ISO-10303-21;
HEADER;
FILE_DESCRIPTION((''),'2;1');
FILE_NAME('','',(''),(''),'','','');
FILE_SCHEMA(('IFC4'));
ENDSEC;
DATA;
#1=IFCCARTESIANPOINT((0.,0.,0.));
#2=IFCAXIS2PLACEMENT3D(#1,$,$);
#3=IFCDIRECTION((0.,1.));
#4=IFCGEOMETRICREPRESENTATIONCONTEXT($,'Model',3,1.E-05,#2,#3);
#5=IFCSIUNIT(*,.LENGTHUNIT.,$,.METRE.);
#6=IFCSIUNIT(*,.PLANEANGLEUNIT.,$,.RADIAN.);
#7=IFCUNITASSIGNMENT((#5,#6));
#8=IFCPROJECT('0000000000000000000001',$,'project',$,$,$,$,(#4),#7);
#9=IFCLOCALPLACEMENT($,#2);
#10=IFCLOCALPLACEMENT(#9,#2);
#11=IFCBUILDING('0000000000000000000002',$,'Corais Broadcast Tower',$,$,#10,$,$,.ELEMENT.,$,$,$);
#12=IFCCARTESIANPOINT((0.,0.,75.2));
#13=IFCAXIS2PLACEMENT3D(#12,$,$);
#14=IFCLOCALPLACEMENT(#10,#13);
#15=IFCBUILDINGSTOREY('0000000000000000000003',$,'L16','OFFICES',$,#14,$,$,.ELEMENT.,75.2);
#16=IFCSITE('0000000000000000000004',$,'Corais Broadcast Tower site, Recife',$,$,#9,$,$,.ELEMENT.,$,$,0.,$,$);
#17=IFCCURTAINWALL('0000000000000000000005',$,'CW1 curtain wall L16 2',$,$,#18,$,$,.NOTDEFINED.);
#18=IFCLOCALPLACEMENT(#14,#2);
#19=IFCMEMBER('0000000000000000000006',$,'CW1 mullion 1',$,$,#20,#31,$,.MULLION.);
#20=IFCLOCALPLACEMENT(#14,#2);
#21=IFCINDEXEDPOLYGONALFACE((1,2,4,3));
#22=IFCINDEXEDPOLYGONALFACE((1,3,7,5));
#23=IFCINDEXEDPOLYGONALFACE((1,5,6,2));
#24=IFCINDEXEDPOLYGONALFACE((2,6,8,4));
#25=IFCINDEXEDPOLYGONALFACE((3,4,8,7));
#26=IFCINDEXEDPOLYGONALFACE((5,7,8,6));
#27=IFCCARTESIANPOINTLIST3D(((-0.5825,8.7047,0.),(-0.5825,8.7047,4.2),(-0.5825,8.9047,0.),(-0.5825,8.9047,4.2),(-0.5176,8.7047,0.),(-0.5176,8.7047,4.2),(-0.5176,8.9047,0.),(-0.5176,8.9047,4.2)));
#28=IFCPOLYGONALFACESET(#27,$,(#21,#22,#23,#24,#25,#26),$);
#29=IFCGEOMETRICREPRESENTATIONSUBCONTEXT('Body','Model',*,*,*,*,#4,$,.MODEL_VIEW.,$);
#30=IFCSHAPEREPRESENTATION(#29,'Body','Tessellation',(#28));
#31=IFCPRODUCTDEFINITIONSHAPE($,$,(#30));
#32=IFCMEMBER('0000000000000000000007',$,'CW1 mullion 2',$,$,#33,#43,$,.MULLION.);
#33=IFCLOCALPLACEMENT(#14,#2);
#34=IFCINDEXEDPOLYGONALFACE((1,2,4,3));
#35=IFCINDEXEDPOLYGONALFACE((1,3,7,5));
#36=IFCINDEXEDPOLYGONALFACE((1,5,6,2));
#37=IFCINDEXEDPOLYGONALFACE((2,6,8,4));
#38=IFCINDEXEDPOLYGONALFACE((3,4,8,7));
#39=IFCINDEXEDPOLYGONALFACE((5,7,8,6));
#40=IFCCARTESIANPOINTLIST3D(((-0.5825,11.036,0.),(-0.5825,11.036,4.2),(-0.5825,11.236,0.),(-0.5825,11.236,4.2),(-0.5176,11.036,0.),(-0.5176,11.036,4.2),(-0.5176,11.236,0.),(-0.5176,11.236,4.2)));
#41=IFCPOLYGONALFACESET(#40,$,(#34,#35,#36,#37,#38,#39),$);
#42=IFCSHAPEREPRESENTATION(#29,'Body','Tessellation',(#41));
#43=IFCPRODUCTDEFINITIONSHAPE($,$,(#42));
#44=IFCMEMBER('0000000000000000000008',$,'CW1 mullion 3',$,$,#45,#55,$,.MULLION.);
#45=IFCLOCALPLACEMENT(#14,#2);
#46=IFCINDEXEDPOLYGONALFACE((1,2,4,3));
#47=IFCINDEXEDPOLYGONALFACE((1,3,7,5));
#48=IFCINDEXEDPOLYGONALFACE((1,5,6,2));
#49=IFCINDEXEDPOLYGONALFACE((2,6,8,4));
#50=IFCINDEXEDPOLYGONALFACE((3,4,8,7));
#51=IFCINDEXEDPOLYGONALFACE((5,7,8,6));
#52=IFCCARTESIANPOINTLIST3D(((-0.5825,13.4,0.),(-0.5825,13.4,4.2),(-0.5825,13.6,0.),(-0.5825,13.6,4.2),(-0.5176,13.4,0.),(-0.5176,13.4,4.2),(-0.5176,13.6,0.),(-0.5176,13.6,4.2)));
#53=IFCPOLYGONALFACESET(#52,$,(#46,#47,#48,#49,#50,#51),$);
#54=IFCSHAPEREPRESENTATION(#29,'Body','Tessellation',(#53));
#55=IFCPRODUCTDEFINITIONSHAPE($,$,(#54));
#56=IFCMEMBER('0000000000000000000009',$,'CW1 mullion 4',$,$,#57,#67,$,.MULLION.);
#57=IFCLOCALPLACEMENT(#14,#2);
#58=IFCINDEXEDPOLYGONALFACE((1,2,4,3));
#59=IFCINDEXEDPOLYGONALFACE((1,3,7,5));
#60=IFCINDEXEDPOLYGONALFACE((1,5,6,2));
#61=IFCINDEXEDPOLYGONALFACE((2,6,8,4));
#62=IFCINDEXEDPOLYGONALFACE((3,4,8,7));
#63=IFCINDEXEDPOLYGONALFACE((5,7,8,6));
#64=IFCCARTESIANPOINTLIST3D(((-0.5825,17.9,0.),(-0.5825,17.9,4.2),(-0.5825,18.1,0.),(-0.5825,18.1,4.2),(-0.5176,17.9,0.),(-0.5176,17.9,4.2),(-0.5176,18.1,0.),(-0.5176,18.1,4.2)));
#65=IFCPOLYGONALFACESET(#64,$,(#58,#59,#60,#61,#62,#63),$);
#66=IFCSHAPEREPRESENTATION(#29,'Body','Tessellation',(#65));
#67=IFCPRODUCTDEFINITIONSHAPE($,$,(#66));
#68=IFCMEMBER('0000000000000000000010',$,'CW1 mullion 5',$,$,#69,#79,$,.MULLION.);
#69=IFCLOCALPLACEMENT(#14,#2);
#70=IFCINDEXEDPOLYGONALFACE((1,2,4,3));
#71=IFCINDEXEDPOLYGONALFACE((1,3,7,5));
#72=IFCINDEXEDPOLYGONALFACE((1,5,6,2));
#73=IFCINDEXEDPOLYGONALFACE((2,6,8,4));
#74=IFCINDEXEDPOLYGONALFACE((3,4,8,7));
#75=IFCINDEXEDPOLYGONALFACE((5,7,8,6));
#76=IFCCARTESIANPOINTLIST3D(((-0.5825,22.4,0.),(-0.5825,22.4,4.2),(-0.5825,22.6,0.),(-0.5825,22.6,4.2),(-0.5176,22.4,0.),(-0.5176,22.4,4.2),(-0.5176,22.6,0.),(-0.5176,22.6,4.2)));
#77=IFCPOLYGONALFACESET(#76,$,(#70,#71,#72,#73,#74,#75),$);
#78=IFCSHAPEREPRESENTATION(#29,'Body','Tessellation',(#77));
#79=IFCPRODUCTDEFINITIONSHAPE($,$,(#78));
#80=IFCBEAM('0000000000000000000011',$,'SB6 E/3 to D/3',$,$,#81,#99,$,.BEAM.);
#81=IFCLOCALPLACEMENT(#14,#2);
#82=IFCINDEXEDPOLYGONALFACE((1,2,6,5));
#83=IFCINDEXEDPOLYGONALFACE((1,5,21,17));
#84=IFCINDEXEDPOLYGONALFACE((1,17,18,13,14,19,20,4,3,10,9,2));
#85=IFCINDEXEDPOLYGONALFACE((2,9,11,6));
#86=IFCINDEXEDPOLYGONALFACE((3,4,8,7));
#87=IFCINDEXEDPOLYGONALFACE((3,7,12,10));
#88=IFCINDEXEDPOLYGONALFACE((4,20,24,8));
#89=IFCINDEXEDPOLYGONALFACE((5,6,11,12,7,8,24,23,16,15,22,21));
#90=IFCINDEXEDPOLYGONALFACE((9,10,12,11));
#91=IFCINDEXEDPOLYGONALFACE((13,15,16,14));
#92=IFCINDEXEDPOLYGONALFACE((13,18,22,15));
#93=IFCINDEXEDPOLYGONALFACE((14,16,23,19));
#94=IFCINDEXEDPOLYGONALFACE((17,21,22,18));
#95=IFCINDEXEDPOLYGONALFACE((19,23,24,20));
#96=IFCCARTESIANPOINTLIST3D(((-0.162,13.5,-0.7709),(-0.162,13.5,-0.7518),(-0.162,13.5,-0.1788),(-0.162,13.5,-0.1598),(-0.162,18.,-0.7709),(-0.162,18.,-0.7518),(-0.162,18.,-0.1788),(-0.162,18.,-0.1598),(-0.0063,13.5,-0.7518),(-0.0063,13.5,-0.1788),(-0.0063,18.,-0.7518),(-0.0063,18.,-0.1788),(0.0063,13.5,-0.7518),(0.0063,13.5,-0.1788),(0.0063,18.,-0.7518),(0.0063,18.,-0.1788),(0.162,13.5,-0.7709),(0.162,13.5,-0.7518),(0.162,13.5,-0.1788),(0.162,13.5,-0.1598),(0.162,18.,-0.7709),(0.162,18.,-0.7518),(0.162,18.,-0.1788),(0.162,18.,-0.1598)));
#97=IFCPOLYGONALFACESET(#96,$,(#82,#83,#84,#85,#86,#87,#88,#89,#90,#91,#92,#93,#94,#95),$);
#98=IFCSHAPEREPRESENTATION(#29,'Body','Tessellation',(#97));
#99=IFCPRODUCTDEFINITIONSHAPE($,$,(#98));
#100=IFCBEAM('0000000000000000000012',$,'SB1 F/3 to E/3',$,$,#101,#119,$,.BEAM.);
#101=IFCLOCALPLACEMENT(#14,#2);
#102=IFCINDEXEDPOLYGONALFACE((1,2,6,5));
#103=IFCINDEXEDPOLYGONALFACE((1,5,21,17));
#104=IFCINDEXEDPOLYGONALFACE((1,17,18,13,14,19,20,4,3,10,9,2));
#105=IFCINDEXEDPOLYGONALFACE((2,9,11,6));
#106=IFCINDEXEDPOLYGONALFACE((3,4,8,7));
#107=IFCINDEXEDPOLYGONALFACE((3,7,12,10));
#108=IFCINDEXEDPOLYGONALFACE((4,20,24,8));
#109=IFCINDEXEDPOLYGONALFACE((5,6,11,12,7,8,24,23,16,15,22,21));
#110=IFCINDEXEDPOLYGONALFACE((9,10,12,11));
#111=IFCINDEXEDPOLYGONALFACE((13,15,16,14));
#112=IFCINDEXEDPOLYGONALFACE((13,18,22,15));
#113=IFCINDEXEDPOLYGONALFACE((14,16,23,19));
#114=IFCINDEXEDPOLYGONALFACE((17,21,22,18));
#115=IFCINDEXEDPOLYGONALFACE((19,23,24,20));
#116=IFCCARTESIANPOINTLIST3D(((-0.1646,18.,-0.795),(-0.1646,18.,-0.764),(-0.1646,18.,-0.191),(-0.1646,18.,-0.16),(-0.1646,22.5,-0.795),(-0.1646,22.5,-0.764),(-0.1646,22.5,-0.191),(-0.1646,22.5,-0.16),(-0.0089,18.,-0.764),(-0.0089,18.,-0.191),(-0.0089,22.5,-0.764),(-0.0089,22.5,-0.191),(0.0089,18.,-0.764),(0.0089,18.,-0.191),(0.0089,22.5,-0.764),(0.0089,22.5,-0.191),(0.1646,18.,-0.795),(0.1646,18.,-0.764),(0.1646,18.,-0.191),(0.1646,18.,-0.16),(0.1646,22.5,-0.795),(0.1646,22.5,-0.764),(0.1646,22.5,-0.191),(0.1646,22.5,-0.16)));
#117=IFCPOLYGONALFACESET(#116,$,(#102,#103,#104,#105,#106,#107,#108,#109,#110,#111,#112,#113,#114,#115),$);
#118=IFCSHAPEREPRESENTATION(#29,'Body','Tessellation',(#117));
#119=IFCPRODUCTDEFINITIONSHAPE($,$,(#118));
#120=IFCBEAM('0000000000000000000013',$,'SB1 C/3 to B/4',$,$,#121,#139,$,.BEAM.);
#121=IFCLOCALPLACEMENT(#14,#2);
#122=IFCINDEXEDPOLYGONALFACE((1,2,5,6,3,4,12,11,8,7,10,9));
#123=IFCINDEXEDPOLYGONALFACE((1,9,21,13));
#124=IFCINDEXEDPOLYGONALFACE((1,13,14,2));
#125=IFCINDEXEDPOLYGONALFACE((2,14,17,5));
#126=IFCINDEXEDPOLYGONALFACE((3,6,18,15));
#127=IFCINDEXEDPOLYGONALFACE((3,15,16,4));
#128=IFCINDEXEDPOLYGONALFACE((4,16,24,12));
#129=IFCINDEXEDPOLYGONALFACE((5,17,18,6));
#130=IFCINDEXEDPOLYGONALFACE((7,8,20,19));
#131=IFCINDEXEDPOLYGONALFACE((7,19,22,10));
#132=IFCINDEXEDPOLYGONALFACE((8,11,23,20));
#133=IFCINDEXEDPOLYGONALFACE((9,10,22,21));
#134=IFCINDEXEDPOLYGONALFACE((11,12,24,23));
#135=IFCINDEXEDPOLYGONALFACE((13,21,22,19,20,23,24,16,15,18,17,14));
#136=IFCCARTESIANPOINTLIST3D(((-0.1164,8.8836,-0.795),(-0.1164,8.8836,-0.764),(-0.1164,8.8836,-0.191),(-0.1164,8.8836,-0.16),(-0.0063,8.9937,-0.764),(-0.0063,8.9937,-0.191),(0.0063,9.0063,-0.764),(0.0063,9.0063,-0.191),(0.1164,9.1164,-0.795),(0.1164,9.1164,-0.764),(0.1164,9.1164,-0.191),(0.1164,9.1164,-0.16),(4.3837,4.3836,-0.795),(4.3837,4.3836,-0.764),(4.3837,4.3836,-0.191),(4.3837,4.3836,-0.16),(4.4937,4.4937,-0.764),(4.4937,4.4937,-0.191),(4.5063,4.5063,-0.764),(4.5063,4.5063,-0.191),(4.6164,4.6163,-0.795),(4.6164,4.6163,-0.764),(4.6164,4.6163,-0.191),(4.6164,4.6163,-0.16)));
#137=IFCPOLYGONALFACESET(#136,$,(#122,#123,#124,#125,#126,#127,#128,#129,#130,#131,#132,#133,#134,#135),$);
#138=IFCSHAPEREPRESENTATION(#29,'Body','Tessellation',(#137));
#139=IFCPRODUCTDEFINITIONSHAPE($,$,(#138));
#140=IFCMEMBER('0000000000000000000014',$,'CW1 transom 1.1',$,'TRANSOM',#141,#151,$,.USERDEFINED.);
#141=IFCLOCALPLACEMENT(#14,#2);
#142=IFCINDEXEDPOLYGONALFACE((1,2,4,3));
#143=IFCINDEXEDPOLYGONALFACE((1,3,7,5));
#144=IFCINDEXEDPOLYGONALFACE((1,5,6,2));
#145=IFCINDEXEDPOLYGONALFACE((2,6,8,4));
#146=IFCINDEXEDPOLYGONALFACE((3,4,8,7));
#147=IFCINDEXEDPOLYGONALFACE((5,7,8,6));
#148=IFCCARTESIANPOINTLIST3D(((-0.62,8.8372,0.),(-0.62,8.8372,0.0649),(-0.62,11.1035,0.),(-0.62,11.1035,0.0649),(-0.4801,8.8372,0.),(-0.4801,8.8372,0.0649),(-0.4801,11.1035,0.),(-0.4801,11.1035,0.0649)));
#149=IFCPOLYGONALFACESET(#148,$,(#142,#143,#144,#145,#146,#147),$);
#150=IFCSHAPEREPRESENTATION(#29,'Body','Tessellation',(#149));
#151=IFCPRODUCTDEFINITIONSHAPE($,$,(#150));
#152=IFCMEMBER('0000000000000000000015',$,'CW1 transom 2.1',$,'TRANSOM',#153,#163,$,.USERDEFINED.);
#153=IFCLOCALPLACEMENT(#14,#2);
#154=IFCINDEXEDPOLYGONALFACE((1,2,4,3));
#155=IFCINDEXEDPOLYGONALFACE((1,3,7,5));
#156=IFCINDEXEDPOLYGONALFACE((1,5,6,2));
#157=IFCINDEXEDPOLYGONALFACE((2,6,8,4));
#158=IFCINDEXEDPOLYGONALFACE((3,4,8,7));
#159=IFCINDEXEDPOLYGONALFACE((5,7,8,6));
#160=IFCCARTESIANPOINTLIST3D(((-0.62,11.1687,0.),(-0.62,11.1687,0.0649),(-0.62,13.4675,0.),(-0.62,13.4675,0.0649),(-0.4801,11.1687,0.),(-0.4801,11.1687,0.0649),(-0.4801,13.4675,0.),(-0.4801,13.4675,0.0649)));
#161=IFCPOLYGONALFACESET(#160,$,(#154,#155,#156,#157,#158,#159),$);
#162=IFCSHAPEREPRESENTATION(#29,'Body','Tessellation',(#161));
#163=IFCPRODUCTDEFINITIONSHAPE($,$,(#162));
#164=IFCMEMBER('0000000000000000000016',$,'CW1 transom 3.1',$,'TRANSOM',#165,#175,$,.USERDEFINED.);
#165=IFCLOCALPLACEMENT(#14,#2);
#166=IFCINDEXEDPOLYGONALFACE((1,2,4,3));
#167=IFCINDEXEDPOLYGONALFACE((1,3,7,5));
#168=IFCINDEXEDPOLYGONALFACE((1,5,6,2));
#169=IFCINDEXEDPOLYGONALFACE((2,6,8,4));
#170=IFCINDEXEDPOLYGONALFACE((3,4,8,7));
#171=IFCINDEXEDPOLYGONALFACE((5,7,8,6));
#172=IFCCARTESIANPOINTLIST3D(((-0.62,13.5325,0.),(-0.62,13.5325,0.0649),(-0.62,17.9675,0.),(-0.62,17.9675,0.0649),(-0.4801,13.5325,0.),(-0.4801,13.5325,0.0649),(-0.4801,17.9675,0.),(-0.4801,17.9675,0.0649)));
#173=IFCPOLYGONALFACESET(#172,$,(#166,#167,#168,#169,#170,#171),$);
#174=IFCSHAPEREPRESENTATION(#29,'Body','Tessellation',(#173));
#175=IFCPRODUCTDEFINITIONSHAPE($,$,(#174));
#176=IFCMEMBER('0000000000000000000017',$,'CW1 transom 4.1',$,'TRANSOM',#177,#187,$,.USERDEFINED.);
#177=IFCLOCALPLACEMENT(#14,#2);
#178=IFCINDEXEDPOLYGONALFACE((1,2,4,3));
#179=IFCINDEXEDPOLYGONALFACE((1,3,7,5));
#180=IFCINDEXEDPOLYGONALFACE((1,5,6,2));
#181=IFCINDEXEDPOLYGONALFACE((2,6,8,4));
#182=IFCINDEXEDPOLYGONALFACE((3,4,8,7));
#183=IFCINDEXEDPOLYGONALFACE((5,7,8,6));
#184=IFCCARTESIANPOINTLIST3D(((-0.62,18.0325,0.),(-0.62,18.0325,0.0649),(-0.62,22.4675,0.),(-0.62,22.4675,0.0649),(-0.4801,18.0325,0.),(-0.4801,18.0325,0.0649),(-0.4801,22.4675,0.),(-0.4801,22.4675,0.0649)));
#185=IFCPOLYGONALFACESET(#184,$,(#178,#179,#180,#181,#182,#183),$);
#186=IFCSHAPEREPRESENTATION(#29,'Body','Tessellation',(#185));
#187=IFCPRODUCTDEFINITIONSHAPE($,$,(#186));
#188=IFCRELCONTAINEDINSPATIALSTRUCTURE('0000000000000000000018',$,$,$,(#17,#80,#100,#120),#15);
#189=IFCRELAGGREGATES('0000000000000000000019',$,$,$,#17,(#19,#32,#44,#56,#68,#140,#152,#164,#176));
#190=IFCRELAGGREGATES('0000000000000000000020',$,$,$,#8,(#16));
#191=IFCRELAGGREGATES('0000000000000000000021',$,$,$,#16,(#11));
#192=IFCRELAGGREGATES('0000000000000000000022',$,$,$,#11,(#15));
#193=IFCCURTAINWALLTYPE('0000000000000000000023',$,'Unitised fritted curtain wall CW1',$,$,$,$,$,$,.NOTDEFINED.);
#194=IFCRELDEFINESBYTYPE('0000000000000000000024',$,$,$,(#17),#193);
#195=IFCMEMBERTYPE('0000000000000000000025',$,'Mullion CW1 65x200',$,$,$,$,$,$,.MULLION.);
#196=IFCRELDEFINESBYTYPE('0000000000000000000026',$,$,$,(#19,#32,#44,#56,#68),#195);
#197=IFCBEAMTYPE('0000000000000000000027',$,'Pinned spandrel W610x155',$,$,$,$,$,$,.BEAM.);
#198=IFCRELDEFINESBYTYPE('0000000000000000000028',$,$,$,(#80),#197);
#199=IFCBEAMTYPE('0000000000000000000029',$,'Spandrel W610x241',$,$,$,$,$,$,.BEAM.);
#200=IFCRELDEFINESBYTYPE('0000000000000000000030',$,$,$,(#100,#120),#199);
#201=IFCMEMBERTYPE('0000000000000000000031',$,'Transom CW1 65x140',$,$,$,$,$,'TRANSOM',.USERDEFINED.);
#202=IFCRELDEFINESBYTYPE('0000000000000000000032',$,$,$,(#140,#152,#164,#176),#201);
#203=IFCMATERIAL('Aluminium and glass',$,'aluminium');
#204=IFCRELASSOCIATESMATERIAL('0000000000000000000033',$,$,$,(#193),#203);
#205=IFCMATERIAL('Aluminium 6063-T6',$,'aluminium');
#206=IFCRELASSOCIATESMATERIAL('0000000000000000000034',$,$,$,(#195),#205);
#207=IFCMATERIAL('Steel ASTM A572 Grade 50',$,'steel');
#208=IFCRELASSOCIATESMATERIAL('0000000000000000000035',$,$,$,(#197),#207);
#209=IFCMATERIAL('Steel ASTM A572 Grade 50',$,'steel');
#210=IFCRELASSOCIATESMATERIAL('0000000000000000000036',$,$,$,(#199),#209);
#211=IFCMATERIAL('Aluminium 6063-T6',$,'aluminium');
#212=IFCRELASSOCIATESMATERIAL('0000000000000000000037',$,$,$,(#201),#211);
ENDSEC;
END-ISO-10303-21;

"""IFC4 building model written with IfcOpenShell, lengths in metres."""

from ifc_helpers import new_model, si_unit, direction, frame, origin, origin_2d, place, context, subcontext, project, spatial, rectangle, i_section, extrude, material, material_profile, profile_set, type_object, element, aggregate, save


model = new_model("IFC4")

# Units and contexts
model_context = context("Model", 3, precision=1e-05, world=origin(), true_north=direction((0.0, 1.0)))
body_context = subcontext(model_context, "Body", "Model", "MODEL_VIEW")
ifc_project = project(units=[si_unit("LENGTHUNIT", "METRE"), si_unit("PLANEANGLEUNIT", "RADIAN")], contexts=[model_context])

# Site, building, storey
site_placement = place(None, origin())
site = spatial("IfcSite", under=ifc_project, at=site_placement, Name="Corais Broadcast Tower site, Recife", CompositionType="ELEMENT", RefElevation=0.0)
building_placement = place(site_placement, origin())
building = spatial("IfcBuilding", under=site, at=building_placement, Name="Corais Broadcast Tower", CompositionType="ELEMENT")
storey_placement = place(building_placement, frame((0.0, 0.0, 75.2)))
storey = spatial("IfcBuildingStorey", under=building, at=storey_placement, Name="L16", Description="OFFICES", CompositionType="ELEMENT", Elevation=75.2)

# Curtain wall, members
ifc_material_1 = material(Name="Aluminium and glass", Category="aluminium")
curtain_wall_type = type_object("IfcCurtainWallType", Name="Unitised fritted curtain wall CW1", PredefinedType="NOTDEFINED", material=ifc_material_1)
curtain_wall_placement = place(storey_placement, origin())
curtain_wall = element("IfcCurtainWall", 1, at=curtain_wall_placement, inside=storey, type_object=curtain_wall_type, Name="CW1 curtain wall L16 2", PredefinedType="NOTDEFINED")
ifc_material_2 = material(Name="Aluminium 6063-T6", Category="aluminium")
ifc_material_profile_1 = material_profile(ifc_material_2, rectangle(XDim=0.0649, YDim=0.2, at=origin_2d()), Name="Mullion CW1 65x200")
ifc_profile_set_1 = profile_set([ifc_material_profile_1], Name="Aluminium 6063-T6")
member_type_1 = type_object("IfcMemberType", Name="Mullion CW1 65x200", PredefinedType="MULLION", material=ifc_profile_set_1)
member_1_placement = place(storey_placement, frame((-0.55, 8.8047, 0.0), z_axis=(0.0, 0.0, 1.0), x_axis=(-1.0, 0.0, 0.0)))
member_1 = element("IfcMember", 2, at=member_1_placement, type_object=member_type_1, Name="CW1 mullion 1", PredefinedType="MULLION", context=body_context, shape_type="SweptSolid", body=[
    extrude(rectangle(XDim=0.0649, YDim=0.2, at=origin_2d()), origin(), (0.0, 0.0, 1.0), 4.2),
])
member_2_placement = place(storey_placement, frame((-0.55, 11.136, 0.0), z_axis=(0.0, 0.0, 1.0), x_axis=(-1.0, 0.0, 0.0)))
member_2 = element("IfcMember", 3, at=member_2_placement, type_object=member_type_1, Name="CW1 mullion 2", PredefinedType="MULLION", context=body_context, shape_type="SweptSolid", body=[
    extrude(rectangle(XDim=0.0649, YDim=0.2, at=origin_2d()), origin(), (0.0, 0.0, 1.0), 4.2),
])
member_3_placement = place(storey_placement, frame((-0.55, 13.5, 0.0), z_axis=(0.0, 0.0, 1.0), x_axis=(-1.0, 0.0, 0.0)))
member_3 = element("IfcMember", 4, at=member_3_placement, type_object=member_type_1, Name="CW1 mullion 3", PredefinedType="MULLION", context=body_context, shape_type="SweptSolid", body=[
    extrude(rectangle(XDim=0.0649, YDim=0.2, at=origin_2d()), origin(), (0.0, 0.0, 1.0), 4.2),
])
member_4_placement = place(storey_placement, frame((-0.55, 18.0, 0.0), z_axis=(0.0, 0.0, 1.0), x_axis=(-1.0, 0.0, 0.0)))
member_4 = element("IfcMember", 5, at=member_4_placement, type_object=member_type_1, Name="CW1 mullion 4", PredefinedType="MULLION", context=body_context, shape_type="SweptSolid", body=[
    extrude(rectangle(XDim=0.0649, YDim=0.2, at=origin_2d()), origin(), (0.0, 0.0, 1.0), 4.2),
])
member_5_placement = place(storey_placement, frame((-0.55, 22.5, 0.0), z_axis=(0.0, 0.0, 1.0), x_axis=(-1.0, 0.0, 0.0)))
member_5 = element("IfcMember", 6, at=member_5_placement, type_object=member_type_1, Name="CW1 mullion 5", PredefinedType="MULLION", context=body_context, shape_type="SweptSolid", body=[
    extrude(rectangle(XDim=0.0649, YDim=0.2, at=origin_2d()), origin(), (0.0, 0.0, 1.0), 4.2),
])

# Beams
ifc_material_3 = material(Name="Steel ASTM A572 Grade 50", Category="steel")
ifc_material_profile_2 = material_profile(ifc_material_3, i_section(OverallWidth=0.324, OverallDepth=0.6111, WebThickness=0.0127, FlangeThickness=0.019, at=origin_2d()), Name="W610x155")
ifc_profile_set_2 = profile_set([ifc_material_profile_2], Name="Steel ASTM A572 Grade 50")
beam_type_1 = type_object("IfcBeamType", Name="Pinned spandrel W610x155", PredefinedType="BEAM", material=ifc_profile_set_2)
beam_1_placement = place(storey_placement, frame((0.0, 18.0, -0.4653), z_axis=(0.0, -1.0, 0.0), x_axis=(1.0, 0.0, 0.0)))
element("IfcBeam", 7, at=beam_1_placement, inside=storey, type_object=beam_type_1, Name="SB6 E/3 to D/3", PredefinedType="BEAM", context=body_context, shape_type="SweptSolid", body=[
    extrude(i_section(OverallWidth=0.324, OverallDepth=0.6111, WebThickness=0.0127, FlangeThickness=0.019, at=origin_2d()), origin(), (0.0, 0.0, 1.0), 4.5),
])
ifc_material_4 = material(Name="Steel ASTM A572 Grade 50", Category="steel")
ifc_material_profile_3 = material_profile(ifc_material_4, i_section(OverallWidth=0.3291, OverallDepth=0.635, WebThickness=0.0178, FlangeThickness=0.031, at=origin_2d()), Name="W610x241")
ifc_profile_set_3 = profile_set([ifc_material_profile_3], Name="Steel ASTM A572 Grade 50")
beam_type_2 = type_object("IfcBeamType", Name="Spandrel W610x241", PredefinedType="BEAM", material=ifc_profile_set_3)
beam_2_placement = place(storey_placement, frame((0.0, 22.5, -0.4775), z_axis=(0.0, -1.0, 0.0), x_axis=(1.0, 0.0, 0.0)))
element("IfcBeam", 8, at=beam_2_placement, inside=storey, type_object=beam_type_2, Name="SB1 F/3 to E/3", PredefinedType="BEAM", context=body_context, shape_type="SweptSolid", body=[
    extrude(i_section(OverallWidth=0.3291, OverallDepth=0.635, WebThickness=0.0178, FlangeThickness=0.031, at=origin_2d()), origin(), (0.0, 0.0, 1.0), 4.5),
])
beam_3_placement = place(storey_placement, frame((0.0, 9.0, -0.4775), z_axis=(0.707107, -0.707107, 0.0), x_axis=(0.707107, 0.707107, 0.0)))
element("IfcBeam", 9, at=beam_3_placement, inside=storey, type_object=beam_type_2, Name="SB1 C/3 to B/4", PredefinedType="BEAM", context=body_context, shape_type="SweptSolid", body=[
    extrude(i_section(OverallWidth=0.3291, OverallDepth=0.635, WebThickness=0.0178, FlangeThickness=0.031, at=origin_2d()), origin(), (0.0, 0.0, 1.0), 6.364),
])

# Members
ifc_material_5 = material(Name="Aluminium 6063-T6", Category="aluminium")
ifc_material_profile_4 = material_profile(ifc_material_5, rectangle(XDim=0.1399, YDim=0.0649, at=origin_2d()), Name="Transom CW1 65x140")
ifc_profile_set_4 = profile_set([ifc_material_profile_4], Name="Aluminium 6063-T6")
member_type_2 = type_object("IfcMemberType", Name="Transom CW1 65x140", ElementType="TRANSOM", PredefinedType="USERDEFINED", material=ifc_profile_set_4)
member_6_placement = place(storey_placement, frame((-0.55, 8.8372, 0.0325), z_axis=(0.0, 1.0, 0.0), x_axis=(-1.0, 0.0, 0.0)))
member_6 = element("IfcMember", 10, at=member_6_placement, type_object=member_type_2, Name="CW1 transom 1.1", ObjectType="TRANSOM", PredefinedType="USERDEFINED", context=body_context, shape_type="SweptSolid", body=[
    extrude(rectangle(XDim=0.1399, YDim=0.0649, at=origin_2d()), origin(), (0.0, 0.0, 1.0), 2.2664),
])
member_7_placement = place(storey_placement, frame((-0.55, 11.1687, 0.0325), z_axis=(0.0, 1.0, 0.0), x_axis=(-1.0, 0.0, 0.0)))
member_7 = element("IfcMember", 11, at=member_7_placement, type_object=member_type_2, Name="CW1 transom 2.1", ObjectType="TRANSOM", PredefinedType="USERDEFINED", context=body_context, shape_type="SweptSolid", body=[
    extrude(rectangle(XDim=0.1399, YDim=0.0649, at=origin_2d()), origin(), (0.0, 0.0, 1.0), 2.2988),
])
member_8_placement = place(storey_placement, frame((-0.55, 13.5325, 0.0325), z_axis=(0.0, 1.0, 0.0), x_axis=(-1.0, 0.0, 0.0)))
member_8 = element("IfcMember", 12, at=member_8_placement, type_object=member_type_2, Name="CW1 transom 3.1", ObjectType="TRANSOM", PredefinedType="USERDEFINED", context=body_context, shape_type="SweptSolid", body=[
    extrude(rectangle(XDim=0.1399, YDim=0.0649, at=origin_2d()), origin(), (0.0, 0.0, 1.0), 4.4351),
])
member_9_placement = place(storey_placement, frame((-0.55, 18.0325, 0.0325), z_axis=(0.0, 1.0, 0.0), x_axis=(-1.0, 0.0, 0.0)))
member_9 = element("IfcMember", 13, at=member_9_placement, type_object=member_type_2, Name="CW1 transom 4.1", ObjectType="TRANSOM", PredefinedType="USERDEFINED", context=body_context, shape_type="SweptSolid", body=[
    extrude(rectangle(XDim=0.1399, YDim=0.0649, at=origin_2d()), origin(), (0.0, 0.0, 1.0), 4.4351),
])

aggregate(curtain_wall, [member_1, member_2, member_3, member_4, member_5, member_6, member_7, member_8, member_9])

save(model, "model.ifc")
